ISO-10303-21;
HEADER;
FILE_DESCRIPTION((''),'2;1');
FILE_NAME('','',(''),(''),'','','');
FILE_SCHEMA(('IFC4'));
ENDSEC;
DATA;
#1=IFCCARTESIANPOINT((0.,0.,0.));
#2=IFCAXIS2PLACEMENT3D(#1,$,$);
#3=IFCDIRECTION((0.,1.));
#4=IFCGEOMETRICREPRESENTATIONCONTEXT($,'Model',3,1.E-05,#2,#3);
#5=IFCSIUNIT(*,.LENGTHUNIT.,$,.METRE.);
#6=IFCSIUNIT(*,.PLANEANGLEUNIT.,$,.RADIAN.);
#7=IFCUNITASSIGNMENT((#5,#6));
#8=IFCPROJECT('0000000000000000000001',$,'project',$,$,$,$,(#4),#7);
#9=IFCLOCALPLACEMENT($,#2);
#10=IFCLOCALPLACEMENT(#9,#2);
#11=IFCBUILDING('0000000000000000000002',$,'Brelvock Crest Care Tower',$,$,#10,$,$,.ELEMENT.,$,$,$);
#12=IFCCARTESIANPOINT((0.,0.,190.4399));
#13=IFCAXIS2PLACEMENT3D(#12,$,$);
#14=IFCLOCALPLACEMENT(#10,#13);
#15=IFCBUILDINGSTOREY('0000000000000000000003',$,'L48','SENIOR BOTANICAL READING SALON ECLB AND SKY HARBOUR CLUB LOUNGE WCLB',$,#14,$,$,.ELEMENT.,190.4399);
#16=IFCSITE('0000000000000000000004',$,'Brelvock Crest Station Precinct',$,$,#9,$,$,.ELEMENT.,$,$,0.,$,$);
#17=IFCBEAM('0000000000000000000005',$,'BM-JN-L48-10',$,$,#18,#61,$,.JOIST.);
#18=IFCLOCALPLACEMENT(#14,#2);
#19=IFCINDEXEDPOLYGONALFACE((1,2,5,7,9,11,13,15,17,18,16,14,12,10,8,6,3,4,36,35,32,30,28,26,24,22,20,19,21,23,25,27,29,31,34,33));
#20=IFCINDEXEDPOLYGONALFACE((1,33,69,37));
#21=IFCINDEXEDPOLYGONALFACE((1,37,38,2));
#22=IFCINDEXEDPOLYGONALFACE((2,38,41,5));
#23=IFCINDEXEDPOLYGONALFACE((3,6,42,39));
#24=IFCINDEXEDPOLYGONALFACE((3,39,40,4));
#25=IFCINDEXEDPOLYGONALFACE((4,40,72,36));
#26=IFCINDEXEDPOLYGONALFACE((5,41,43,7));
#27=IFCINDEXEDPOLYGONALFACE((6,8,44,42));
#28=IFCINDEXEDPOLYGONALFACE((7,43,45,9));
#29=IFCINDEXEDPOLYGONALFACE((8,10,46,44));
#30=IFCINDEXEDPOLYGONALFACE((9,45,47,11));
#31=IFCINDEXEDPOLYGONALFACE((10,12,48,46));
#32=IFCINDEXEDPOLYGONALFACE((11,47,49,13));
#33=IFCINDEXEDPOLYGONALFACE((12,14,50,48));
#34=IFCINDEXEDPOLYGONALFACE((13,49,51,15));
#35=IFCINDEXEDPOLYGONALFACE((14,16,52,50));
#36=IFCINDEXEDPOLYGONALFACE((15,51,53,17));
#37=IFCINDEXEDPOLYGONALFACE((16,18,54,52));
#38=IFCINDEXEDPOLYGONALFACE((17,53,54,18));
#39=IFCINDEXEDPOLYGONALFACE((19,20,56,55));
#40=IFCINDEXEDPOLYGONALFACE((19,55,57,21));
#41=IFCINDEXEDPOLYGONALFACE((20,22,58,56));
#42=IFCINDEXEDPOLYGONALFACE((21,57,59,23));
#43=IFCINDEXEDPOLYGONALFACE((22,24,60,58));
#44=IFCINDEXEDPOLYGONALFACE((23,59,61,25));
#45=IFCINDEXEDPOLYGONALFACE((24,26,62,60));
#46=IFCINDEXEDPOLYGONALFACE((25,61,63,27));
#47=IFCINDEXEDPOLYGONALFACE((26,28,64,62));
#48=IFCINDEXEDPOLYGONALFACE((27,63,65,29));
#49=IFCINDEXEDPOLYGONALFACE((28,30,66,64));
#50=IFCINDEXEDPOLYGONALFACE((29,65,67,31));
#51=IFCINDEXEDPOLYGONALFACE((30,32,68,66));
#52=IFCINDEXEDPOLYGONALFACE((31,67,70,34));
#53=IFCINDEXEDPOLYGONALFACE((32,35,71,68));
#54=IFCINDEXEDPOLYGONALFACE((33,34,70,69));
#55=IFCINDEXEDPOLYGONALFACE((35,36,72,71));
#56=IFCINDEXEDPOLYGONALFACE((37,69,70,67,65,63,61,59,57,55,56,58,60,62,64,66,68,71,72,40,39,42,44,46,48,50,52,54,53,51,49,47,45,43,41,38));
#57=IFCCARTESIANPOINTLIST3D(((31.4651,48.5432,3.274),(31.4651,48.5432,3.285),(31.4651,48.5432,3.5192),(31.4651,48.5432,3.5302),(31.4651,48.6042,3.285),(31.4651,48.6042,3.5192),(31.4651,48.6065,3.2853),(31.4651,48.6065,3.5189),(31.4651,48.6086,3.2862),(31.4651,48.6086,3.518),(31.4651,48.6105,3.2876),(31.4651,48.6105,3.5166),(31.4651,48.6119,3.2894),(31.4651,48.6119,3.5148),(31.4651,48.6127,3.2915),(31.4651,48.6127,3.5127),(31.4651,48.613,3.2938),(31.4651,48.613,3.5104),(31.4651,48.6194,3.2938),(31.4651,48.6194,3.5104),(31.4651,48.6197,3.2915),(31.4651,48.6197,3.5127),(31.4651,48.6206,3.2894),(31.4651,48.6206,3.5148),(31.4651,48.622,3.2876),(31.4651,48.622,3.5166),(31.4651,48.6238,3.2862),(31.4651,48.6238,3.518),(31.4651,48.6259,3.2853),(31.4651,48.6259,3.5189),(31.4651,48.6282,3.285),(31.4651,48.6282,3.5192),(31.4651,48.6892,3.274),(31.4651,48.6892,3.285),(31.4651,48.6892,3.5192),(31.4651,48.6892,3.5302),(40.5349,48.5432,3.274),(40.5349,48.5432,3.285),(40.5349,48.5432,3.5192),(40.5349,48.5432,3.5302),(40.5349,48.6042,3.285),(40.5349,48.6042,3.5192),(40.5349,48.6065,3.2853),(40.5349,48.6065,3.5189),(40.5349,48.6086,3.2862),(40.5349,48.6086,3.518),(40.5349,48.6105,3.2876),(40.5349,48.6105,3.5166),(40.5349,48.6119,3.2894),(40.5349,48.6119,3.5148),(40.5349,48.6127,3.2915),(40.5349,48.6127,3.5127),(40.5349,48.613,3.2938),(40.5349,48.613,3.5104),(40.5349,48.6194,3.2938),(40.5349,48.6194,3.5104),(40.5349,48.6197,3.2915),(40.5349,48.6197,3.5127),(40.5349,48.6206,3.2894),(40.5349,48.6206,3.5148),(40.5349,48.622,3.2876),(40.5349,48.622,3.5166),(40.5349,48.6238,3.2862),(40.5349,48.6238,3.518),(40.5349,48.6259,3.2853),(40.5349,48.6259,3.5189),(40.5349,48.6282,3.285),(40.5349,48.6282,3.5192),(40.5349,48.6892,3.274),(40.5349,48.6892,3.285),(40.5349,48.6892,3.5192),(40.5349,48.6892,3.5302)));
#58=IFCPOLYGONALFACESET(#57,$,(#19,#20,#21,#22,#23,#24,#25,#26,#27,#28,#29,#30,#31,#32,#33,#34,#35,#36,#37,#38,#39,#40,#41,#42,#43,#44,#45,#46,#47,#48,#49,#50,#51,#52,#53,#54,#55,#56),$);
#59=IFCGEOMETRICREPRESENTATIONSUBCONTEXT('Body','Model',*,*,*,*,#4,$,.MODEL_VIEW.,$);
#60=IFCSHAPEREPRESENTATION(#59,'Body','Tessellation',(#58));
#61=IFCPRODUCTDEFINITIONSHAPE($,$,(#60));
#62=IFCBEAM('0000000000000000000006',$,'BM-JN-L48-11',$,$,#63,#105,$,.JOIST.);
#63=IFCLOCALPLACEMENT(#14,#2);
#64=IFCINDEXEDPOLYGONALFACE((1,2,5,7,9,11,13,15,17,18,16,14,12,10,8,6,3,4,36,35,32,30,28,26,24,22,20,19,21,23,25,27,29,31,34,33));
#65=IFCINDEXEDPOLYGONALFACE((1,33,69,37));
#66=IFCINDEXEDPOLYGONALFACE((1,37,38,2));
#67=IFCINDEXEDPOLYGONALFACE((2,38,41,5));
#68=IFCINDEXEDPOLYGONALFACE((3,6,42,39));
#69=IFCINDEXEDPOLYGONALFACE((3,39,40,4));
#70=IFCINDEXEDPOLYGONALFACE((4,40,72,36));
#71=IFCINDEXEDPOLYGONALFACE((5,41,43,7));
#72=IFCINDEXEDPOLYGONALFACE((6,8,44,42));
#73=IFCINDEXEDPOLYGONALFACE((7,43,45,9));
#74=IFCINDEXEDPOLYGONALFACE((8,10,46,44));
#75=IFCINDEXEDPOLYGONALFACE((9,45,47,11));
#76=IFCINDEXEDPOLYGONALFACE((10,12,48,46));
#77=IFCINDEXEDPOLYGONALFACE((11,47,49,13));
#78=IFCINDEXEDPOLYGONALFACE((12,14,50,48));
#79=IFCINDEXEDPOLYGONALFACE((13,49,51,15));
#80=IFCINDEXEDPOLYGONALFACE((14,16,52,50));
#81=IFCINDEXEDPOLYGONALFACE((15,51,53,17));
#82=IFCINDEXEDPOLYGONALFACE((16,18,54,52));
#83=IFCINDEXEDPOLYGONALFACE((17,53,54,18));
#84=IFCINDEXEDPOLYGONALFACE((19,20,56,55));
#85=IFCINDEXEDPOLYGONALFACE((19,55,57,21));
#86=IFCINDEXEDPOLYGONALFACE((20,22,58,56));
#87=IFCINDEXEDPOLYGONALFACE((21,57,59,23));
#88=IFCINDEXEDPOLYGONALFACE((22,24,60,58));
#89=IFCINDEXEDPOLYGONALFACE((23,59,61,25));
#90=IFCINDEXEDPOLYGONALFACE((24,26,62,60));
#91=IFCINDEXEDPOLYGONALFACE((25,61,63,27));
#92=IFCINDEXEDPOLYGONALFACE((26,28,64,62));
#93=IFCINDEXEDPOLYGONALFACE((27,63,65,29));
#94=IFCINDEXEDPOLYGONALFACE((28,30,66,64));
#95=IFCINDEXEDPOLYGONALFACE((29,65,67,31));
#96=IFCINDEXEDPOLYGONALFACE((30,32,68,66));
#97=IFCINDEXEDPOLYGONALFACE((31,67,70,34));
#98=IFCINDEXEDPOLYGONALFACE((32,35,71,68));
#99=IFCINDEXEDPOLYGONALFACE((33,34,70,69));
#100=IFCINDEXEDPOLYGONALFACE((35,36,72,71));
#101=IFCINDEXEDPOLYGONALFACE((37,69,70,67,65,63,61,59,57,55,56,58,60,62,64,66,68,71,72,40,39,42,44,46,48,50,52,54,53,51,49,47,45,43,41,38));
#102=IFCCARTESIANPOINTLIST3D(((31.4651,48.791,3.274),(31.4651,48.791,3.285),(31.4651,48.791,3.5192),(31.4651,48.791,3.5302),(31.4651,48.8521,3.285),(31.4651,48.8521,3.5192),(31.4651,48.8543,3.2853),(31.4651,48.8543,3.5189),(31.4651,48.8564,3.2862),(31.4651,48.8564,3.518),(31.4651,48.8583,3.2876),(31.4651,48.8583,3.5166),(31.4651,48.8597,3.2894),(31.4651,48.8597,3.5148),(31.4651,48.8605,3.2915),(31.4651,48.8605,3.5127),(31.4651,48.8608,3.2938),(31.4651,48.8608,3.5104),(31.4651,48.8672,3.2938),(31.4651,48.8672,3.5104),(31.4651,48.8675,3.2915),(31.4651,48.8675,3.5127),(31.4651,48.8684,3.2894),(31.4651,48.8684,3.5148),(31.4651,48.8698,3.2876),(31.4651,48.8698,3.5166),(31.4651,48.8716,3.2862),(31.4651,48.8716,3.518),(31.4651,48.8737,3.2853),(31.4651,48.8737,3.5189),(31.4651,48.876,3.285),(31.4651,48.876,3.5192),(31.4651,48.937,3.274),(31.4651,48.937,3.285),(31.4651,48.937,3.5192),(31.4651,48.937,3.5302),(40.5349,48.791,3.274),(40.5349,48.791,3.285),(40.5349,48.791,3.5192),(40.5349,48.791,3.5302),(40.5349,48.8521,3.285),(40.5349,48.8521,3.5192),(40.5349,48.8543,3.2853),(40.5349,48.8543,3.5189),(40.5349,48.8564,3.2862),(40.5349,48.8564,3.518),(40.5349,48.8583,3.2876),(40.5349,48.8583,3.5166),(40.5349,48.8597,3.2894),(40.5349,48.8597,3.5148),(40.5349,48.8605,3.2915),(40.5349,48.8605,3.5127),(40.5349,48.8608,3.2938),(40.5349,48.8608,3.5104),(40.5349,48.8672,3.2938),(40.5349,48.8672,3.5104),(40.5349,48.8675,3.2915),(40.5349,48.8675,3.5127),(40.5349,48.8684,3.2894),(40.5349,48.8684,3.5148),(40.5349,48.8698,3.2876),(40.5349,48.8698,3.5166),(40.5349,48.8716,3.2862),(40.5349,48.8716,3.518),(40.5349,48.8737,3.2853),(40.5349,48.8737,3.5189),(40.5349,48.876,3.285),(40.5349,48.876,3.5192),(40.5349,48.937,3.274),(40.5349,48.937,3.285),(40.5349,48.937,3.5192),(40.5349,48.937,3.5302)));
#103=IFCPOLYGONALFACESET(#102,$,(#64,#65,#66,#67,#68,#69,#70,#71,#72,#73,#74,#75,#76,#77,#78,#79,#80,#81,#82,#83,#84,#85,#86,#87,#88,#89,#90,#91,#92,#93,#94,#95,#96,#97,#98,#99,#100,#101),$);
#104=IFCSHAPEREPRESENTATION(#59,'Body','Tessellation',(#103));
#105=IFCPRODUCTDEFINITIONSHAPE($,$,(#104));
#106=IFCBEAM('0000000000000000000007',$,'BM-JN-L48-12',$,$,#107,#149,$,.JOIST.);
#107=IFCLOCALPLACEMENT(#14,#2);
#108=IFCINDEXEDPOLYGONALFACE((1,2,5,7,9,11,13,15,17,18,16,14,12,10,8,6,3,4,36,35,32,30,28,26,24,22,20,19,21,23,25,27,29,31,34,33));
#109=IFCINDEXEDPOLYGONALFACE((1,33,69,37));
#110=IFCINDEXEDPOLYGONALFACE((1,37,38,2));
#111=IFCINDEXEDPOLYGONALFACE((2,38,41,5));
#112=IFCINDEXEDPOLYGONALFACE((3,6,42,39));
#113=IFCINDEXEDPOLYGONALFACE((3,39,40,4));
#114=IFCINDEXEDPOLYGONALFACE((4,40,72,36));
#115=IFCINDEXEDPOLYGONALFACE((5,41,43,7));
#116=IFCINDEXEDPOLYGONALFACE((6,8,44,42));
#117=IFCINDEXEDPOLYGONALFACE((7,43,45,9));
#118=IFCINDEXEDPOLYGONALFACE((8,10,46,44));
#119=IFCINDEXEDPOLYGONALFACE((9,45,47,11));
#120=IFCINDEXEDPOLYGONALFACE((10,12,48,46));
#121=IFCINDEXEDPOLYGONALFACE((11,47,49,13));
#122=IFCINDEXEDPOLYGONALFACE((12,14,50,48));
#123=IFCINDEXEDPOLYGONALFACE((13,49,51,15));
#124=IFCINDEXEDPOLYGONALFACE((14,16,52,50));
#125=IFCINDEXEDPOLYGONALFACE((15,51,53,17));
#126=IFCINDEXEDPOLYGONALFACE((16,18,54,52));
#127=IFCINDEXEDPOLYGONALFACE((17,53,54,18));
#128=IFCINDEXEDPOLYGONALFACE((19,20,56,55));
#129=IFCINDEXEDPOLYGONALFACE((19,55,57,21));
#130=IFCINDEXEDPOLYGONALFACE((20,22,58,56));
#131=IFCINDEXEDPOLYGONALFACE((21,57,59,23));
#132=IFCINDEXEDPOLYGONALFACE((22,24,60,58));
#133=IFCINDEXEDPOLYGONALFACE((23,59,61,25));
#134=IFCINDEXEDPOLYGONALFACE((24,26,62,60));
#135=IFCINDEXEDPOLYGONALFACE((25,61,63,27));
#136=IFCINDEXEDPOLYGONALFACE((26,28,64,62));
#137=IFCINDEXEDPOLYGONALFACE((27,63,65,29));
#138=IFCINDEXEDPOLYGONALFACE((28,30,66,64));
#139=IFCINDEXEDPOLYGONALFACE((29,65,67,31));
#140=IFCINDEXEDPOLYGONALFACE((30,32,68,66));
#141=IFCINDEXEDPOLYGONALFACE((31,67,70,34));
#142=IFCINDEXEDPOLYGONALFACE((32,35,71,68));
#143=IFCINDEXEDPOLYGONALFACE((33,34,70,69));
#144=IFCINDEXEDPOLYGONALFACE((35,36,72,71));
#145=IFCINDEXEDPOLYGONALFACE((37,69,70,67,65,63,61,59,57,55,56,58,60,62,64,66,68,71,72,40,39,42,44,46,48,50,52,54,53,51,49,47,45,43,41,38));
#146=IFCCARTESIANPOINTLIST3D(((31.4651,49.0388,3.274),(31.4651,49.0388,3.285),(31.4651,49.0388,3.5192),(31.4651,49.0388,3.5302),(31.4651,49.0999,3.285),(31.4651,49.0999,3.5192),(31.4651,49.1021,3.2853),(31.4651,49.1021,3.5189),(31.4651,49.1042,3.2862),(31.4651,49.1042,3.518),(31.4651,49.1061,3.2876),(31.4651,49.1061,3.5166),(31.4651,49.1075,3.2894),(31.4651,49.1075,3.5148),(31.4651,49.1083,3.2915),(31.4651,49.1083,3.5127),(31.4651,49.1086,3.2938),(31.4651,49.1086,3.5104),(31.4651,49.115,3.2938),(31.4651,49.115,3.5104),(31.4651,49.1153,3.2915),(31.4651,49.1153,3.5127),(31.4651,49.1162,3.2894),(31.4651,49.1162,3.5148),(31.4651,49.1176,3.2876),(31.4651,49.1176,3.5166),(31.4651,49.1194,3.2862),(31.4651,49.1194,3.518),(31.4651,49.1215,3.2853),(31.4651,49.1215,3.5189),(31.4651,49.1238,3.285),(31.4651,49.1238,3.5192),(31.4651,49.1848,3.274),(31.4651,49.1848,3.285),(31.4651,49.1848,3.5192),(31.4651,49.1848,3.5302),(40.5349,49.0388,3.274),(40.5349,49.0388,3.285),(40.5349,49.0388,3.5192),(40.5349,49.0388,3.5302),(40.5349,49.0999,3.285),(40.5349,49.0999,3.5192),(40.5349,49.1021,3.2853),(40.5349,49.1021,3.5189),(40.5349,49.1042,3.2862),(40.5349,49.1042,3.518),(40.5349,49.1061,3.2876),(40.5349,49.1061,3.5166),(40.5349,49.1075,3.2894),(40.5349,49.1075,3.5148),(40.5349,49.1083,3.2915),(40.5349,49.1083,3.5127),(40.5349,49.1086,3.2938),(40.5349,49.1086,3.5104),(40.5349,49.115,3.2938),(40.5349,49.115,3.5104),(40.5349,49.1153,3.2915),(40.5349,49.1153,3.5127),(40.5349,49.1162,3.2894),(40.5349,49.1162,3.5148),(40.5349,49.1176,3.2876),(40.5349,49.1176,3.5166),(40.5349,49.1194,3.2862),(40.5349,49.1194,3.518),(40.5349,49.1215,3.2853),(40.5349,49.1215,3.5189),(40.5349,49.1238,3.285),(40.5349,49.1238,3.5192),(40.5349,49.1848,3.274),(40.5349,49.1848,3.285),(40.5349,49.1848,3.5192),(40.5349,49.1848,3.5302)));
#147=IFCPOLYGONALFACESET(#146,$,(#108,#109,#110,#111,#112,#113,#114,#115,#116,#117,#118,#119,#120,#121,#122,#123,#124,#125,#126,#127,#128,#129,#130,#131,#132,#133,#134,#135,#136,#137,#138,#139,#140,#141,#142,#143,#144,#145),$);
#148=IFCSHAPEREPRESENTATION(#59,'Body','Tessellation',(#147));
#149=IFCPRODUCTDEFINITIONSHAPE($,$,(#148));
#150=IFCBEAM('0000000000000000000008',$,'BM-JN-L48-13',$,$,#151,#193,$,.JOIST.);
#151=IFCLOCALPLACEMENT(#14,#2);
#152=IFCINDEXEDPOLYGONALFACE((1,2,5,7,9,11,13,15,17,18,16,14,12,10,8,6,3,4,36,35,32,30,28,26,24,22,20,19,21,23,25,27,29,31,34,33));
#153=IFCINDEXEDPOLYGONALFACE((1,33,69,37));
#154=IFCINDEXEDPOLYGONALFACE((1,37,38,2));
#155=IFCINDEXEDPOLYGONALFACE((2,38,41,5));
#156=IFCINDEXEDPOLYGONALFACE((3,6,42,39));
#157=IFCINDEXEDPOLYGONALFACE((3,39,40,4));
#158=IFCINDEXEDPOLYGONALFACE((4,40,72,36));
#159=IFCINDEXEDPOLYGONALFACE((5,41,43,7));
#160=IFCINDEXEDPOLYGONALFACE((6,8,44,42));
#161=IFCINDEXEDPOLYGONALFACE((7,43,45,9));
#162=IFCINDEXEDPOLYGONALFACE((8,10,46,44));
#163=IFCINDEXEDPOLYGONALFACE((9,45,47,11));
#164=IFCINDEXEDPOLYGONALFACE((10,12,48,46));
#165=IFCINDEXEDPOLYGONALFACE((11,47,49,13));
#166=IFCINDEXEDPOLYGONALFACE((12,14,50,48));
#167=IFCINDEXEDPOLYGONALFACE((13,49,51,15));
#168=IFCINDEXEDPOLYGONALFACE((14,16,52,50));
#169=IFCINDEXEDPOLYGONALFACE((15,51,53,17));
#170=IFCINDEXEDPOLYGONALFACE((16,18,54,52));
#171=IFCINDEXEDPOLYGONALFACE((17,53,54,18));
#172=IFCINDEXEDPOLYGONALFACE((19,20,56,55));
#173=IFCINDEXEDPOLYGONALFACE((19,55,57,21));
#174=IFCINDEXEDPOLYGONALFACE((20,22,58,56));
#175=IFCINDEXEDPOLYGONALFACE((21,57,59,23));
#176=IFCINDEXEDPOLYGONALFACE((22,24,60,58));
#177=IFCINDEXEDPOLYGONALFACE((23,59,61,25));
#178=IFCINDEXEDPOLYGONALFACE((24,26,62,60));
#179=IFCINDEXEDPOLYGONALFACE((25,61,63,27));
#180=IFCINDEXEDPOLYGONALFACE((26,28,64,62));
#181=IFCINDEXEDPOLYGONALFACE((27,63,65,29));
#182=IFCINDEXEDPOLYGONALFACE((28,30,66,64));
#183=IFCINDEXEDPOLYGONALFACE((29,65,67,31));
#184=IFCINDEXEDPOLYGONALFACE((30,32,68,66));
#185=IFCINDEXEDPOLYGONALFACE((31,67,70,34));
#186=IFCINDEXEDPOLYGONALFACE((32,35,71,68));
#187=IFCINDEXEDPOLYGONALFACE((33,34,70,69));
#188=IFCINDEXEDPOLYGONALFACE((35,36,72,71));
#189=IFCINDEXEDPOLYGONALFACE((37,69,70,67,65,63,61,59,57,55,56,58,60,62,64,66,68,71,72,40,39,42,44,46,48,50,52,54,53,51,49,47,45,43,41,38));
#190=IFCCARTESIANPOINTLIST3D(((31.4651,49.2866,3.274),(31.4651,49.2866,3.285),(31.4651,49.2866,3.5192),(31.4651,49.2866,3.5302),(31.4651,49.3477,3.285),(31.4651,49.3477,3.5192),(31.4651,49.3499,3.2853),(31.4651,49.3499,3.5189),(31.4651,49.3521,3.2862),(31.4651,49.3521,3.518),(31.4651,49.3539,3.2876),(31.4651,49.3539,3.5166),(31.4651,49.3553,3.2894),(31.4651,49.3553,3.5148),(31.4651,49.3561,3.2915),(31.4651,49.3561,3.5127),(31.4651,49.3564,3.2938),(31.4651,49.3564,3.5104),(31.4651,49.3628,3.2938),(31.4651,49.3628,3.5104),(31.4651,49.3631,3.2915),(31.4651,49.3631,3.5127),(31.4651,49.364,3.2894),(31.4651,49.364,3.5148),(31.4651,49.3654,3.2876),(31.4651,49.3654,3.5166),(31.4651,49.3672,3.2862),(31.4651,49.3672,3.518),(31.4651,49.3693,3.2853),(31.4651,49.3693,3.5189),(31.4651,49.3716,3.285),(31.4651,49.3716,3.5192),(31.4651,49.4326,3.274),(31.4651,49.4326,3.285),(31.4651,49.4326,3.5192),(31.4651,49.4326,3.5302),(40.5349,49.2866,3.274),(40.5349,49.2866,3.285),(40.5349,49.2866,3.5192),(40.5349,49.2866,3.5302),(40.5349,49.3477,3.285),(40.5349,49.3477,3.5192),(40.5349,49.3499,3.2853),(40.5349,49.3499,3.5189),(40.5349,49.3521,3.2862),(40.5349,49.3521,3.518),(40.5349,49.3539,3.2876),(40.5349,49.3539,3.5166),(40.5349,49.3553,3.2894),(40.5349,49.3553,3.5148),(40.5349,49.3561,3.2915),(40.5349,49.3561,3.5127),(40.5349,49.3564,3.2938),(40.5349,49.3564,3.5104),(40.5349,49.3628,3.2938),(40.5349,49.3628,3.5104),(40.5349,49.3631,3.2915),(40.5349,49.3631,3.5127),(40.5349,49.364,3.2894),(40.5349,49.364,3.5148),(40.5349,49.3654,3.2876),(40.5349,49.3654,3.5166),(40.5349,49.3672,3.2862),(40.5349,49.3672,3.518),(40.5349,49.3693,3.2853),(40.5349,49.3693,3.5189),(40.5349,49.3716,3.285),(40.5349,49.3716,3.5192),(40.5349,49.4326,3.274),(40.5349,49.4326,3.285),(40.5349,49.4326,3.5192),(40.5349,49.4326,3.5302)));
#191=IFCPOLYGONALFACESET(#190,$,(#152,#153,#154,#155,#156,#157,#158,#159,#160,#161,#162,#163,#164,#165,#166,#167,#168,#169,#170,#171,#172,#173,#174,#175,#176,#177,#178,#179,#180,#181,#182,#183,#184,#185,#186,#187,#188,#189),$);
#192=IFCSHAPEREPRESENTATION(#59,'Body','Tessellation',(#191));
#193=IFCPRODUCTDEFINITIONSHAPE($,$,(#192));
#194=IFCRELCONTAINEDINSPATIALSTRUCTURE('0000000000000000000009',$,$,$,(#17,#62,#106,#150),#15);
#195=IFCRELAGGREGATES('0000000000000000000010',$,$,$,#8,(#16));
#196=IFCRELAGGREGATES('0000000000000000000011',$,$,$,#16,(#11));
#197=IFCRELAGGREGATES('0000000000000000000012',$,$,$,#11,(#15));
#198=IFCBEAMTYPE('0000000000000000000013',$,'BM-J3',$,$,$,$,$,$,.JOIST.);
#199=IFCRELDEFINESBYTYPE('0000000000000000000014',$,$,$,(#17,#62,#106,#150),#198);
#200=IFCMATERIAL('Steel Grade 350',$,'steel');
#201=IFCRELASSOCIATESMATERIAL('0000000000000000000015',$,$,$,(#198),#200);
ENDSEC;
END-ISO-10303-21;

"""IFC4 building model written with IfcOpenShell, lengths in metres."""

from ifc_helpers import new_model, si_unit, direction, frame, origin, origin_2d, place, context, subcontext, project, spatial, i_section, extrude, source, transform, mapped, material, material_profile, profile_set, type_object, element, save


model = new_model("IFC4")

# Units and contexts
model_context = context("Model", 3, precision=1e-05, world=origin(), true_north=direction((0.0, 1.0)))
body_context = subcontext(model_context, "Body", "Model", "MODEL_VIEW")
ifc_project = project(units=[si_unit("LENGTHUNIT", "METRE"), si_unit("PLANEANGLEUNIT", "RADIAN")], contexts=[model_context])

# Site, building, storey
site_placement = place(None, origin())
site = spatial("IfcSite", under=ifc_project, at=site_placement, Name="Brelvock Crest Station Precinct", CompositionType="ELEMENT", RefElevation=0.0)
building_placement = place(site_placement, origin())
building = spatial("IfcBuilding", under=site, at=building_placement, Name="Brelvock Crest Care Tower", CompositionType="ELEMENT")
storey_placement = place(building_placement, frame((0.0, 0.0, 190.4399)))
storey = spatial("IfcBuildingStorey", under=building, at=storey_placement, Name="L48", Description="SENIOR BOTANICAL READING SALON ECLB AND SKY HARBOUR CLUB LOUNGE WCLB", CompositionType="ELEMENT", Elevation=190.4399)

# Shared definitions
ifc_material_1 = material(Name="Steel Grade 350", Category="steel")

# Beams
ifc_material_profile_1 = material_profile(ifc_material_1, i_section(OverallWidth=0.146, OverallDepth=0.2561, WebThickness=0.0063, FlangeThickness=0.011, FilletRadius=0.0088, at=origin_2d()), Name="250UB37.3")
ifc_profile_set_1 = profile_set([ifc_material_profile_1], Name="Steel Grade 350")
beam_type_1 = type_object("IfcBeamType", Name="BM-J3", PredefinedType="JOIST", material=ifc_profile_set_1)
shared_shape_1 = source(origin(), body_context, "Body", "SweptSolid", [
    extrude(i_section(OverallWidth=0.146, OverallDepth=0.2561, WebThickness=0.0063, FlangeThickness=0.011, FilletRadius=0.0088, at=origin_2d()), origin(), (0.0, 0.0, 1.0), 9.0698),
])
for number, where, z_axis, x_axis, name in (
    (1, (31.4651, 48.6162, 3.4021), (1.0, 0.0, 0.0), (0.0, 1.0, 0.0), "BM-JN-L48-10"),
    (2, (31.4651, 48.864, 3.4021), (1.0, 0.0, 0.0), (0.0, 1.0, 0.0), "BM-JN-L48-11"),
    (3, (31.4651, 49.1118, 3.4021), (1.0, 0.0, 0.0), (0.0, 1.0, 0.0), "BM-JN-L48-12"),
    (4, (31.4651, 49.3596, 3.4021), (1.0, 0.0, 0.0), (0.0, 1.0, 0.0), "BM-JN-L48-13"),
):
    element("IfcBeam", number, at=place(storey_placement, frame(where, z_axis=z_axis, x_axis=x_axis)), inside=storey, type_object=beam_type_1, Name=name, PredefinedType="JOIST", context=body_context, shape_type="MappedRepresentation", body=[
        mapped(shared_shape_1, transform((0.0, 0.0, 0.0), x_axis=(1.0, 0.0, 0.0), y_axis=(0.0, 1.0, 0.0), z_axis=(0.0, 0.0, 1.0), scale=1.0)),
    ])

save(model, "model.ifc")
